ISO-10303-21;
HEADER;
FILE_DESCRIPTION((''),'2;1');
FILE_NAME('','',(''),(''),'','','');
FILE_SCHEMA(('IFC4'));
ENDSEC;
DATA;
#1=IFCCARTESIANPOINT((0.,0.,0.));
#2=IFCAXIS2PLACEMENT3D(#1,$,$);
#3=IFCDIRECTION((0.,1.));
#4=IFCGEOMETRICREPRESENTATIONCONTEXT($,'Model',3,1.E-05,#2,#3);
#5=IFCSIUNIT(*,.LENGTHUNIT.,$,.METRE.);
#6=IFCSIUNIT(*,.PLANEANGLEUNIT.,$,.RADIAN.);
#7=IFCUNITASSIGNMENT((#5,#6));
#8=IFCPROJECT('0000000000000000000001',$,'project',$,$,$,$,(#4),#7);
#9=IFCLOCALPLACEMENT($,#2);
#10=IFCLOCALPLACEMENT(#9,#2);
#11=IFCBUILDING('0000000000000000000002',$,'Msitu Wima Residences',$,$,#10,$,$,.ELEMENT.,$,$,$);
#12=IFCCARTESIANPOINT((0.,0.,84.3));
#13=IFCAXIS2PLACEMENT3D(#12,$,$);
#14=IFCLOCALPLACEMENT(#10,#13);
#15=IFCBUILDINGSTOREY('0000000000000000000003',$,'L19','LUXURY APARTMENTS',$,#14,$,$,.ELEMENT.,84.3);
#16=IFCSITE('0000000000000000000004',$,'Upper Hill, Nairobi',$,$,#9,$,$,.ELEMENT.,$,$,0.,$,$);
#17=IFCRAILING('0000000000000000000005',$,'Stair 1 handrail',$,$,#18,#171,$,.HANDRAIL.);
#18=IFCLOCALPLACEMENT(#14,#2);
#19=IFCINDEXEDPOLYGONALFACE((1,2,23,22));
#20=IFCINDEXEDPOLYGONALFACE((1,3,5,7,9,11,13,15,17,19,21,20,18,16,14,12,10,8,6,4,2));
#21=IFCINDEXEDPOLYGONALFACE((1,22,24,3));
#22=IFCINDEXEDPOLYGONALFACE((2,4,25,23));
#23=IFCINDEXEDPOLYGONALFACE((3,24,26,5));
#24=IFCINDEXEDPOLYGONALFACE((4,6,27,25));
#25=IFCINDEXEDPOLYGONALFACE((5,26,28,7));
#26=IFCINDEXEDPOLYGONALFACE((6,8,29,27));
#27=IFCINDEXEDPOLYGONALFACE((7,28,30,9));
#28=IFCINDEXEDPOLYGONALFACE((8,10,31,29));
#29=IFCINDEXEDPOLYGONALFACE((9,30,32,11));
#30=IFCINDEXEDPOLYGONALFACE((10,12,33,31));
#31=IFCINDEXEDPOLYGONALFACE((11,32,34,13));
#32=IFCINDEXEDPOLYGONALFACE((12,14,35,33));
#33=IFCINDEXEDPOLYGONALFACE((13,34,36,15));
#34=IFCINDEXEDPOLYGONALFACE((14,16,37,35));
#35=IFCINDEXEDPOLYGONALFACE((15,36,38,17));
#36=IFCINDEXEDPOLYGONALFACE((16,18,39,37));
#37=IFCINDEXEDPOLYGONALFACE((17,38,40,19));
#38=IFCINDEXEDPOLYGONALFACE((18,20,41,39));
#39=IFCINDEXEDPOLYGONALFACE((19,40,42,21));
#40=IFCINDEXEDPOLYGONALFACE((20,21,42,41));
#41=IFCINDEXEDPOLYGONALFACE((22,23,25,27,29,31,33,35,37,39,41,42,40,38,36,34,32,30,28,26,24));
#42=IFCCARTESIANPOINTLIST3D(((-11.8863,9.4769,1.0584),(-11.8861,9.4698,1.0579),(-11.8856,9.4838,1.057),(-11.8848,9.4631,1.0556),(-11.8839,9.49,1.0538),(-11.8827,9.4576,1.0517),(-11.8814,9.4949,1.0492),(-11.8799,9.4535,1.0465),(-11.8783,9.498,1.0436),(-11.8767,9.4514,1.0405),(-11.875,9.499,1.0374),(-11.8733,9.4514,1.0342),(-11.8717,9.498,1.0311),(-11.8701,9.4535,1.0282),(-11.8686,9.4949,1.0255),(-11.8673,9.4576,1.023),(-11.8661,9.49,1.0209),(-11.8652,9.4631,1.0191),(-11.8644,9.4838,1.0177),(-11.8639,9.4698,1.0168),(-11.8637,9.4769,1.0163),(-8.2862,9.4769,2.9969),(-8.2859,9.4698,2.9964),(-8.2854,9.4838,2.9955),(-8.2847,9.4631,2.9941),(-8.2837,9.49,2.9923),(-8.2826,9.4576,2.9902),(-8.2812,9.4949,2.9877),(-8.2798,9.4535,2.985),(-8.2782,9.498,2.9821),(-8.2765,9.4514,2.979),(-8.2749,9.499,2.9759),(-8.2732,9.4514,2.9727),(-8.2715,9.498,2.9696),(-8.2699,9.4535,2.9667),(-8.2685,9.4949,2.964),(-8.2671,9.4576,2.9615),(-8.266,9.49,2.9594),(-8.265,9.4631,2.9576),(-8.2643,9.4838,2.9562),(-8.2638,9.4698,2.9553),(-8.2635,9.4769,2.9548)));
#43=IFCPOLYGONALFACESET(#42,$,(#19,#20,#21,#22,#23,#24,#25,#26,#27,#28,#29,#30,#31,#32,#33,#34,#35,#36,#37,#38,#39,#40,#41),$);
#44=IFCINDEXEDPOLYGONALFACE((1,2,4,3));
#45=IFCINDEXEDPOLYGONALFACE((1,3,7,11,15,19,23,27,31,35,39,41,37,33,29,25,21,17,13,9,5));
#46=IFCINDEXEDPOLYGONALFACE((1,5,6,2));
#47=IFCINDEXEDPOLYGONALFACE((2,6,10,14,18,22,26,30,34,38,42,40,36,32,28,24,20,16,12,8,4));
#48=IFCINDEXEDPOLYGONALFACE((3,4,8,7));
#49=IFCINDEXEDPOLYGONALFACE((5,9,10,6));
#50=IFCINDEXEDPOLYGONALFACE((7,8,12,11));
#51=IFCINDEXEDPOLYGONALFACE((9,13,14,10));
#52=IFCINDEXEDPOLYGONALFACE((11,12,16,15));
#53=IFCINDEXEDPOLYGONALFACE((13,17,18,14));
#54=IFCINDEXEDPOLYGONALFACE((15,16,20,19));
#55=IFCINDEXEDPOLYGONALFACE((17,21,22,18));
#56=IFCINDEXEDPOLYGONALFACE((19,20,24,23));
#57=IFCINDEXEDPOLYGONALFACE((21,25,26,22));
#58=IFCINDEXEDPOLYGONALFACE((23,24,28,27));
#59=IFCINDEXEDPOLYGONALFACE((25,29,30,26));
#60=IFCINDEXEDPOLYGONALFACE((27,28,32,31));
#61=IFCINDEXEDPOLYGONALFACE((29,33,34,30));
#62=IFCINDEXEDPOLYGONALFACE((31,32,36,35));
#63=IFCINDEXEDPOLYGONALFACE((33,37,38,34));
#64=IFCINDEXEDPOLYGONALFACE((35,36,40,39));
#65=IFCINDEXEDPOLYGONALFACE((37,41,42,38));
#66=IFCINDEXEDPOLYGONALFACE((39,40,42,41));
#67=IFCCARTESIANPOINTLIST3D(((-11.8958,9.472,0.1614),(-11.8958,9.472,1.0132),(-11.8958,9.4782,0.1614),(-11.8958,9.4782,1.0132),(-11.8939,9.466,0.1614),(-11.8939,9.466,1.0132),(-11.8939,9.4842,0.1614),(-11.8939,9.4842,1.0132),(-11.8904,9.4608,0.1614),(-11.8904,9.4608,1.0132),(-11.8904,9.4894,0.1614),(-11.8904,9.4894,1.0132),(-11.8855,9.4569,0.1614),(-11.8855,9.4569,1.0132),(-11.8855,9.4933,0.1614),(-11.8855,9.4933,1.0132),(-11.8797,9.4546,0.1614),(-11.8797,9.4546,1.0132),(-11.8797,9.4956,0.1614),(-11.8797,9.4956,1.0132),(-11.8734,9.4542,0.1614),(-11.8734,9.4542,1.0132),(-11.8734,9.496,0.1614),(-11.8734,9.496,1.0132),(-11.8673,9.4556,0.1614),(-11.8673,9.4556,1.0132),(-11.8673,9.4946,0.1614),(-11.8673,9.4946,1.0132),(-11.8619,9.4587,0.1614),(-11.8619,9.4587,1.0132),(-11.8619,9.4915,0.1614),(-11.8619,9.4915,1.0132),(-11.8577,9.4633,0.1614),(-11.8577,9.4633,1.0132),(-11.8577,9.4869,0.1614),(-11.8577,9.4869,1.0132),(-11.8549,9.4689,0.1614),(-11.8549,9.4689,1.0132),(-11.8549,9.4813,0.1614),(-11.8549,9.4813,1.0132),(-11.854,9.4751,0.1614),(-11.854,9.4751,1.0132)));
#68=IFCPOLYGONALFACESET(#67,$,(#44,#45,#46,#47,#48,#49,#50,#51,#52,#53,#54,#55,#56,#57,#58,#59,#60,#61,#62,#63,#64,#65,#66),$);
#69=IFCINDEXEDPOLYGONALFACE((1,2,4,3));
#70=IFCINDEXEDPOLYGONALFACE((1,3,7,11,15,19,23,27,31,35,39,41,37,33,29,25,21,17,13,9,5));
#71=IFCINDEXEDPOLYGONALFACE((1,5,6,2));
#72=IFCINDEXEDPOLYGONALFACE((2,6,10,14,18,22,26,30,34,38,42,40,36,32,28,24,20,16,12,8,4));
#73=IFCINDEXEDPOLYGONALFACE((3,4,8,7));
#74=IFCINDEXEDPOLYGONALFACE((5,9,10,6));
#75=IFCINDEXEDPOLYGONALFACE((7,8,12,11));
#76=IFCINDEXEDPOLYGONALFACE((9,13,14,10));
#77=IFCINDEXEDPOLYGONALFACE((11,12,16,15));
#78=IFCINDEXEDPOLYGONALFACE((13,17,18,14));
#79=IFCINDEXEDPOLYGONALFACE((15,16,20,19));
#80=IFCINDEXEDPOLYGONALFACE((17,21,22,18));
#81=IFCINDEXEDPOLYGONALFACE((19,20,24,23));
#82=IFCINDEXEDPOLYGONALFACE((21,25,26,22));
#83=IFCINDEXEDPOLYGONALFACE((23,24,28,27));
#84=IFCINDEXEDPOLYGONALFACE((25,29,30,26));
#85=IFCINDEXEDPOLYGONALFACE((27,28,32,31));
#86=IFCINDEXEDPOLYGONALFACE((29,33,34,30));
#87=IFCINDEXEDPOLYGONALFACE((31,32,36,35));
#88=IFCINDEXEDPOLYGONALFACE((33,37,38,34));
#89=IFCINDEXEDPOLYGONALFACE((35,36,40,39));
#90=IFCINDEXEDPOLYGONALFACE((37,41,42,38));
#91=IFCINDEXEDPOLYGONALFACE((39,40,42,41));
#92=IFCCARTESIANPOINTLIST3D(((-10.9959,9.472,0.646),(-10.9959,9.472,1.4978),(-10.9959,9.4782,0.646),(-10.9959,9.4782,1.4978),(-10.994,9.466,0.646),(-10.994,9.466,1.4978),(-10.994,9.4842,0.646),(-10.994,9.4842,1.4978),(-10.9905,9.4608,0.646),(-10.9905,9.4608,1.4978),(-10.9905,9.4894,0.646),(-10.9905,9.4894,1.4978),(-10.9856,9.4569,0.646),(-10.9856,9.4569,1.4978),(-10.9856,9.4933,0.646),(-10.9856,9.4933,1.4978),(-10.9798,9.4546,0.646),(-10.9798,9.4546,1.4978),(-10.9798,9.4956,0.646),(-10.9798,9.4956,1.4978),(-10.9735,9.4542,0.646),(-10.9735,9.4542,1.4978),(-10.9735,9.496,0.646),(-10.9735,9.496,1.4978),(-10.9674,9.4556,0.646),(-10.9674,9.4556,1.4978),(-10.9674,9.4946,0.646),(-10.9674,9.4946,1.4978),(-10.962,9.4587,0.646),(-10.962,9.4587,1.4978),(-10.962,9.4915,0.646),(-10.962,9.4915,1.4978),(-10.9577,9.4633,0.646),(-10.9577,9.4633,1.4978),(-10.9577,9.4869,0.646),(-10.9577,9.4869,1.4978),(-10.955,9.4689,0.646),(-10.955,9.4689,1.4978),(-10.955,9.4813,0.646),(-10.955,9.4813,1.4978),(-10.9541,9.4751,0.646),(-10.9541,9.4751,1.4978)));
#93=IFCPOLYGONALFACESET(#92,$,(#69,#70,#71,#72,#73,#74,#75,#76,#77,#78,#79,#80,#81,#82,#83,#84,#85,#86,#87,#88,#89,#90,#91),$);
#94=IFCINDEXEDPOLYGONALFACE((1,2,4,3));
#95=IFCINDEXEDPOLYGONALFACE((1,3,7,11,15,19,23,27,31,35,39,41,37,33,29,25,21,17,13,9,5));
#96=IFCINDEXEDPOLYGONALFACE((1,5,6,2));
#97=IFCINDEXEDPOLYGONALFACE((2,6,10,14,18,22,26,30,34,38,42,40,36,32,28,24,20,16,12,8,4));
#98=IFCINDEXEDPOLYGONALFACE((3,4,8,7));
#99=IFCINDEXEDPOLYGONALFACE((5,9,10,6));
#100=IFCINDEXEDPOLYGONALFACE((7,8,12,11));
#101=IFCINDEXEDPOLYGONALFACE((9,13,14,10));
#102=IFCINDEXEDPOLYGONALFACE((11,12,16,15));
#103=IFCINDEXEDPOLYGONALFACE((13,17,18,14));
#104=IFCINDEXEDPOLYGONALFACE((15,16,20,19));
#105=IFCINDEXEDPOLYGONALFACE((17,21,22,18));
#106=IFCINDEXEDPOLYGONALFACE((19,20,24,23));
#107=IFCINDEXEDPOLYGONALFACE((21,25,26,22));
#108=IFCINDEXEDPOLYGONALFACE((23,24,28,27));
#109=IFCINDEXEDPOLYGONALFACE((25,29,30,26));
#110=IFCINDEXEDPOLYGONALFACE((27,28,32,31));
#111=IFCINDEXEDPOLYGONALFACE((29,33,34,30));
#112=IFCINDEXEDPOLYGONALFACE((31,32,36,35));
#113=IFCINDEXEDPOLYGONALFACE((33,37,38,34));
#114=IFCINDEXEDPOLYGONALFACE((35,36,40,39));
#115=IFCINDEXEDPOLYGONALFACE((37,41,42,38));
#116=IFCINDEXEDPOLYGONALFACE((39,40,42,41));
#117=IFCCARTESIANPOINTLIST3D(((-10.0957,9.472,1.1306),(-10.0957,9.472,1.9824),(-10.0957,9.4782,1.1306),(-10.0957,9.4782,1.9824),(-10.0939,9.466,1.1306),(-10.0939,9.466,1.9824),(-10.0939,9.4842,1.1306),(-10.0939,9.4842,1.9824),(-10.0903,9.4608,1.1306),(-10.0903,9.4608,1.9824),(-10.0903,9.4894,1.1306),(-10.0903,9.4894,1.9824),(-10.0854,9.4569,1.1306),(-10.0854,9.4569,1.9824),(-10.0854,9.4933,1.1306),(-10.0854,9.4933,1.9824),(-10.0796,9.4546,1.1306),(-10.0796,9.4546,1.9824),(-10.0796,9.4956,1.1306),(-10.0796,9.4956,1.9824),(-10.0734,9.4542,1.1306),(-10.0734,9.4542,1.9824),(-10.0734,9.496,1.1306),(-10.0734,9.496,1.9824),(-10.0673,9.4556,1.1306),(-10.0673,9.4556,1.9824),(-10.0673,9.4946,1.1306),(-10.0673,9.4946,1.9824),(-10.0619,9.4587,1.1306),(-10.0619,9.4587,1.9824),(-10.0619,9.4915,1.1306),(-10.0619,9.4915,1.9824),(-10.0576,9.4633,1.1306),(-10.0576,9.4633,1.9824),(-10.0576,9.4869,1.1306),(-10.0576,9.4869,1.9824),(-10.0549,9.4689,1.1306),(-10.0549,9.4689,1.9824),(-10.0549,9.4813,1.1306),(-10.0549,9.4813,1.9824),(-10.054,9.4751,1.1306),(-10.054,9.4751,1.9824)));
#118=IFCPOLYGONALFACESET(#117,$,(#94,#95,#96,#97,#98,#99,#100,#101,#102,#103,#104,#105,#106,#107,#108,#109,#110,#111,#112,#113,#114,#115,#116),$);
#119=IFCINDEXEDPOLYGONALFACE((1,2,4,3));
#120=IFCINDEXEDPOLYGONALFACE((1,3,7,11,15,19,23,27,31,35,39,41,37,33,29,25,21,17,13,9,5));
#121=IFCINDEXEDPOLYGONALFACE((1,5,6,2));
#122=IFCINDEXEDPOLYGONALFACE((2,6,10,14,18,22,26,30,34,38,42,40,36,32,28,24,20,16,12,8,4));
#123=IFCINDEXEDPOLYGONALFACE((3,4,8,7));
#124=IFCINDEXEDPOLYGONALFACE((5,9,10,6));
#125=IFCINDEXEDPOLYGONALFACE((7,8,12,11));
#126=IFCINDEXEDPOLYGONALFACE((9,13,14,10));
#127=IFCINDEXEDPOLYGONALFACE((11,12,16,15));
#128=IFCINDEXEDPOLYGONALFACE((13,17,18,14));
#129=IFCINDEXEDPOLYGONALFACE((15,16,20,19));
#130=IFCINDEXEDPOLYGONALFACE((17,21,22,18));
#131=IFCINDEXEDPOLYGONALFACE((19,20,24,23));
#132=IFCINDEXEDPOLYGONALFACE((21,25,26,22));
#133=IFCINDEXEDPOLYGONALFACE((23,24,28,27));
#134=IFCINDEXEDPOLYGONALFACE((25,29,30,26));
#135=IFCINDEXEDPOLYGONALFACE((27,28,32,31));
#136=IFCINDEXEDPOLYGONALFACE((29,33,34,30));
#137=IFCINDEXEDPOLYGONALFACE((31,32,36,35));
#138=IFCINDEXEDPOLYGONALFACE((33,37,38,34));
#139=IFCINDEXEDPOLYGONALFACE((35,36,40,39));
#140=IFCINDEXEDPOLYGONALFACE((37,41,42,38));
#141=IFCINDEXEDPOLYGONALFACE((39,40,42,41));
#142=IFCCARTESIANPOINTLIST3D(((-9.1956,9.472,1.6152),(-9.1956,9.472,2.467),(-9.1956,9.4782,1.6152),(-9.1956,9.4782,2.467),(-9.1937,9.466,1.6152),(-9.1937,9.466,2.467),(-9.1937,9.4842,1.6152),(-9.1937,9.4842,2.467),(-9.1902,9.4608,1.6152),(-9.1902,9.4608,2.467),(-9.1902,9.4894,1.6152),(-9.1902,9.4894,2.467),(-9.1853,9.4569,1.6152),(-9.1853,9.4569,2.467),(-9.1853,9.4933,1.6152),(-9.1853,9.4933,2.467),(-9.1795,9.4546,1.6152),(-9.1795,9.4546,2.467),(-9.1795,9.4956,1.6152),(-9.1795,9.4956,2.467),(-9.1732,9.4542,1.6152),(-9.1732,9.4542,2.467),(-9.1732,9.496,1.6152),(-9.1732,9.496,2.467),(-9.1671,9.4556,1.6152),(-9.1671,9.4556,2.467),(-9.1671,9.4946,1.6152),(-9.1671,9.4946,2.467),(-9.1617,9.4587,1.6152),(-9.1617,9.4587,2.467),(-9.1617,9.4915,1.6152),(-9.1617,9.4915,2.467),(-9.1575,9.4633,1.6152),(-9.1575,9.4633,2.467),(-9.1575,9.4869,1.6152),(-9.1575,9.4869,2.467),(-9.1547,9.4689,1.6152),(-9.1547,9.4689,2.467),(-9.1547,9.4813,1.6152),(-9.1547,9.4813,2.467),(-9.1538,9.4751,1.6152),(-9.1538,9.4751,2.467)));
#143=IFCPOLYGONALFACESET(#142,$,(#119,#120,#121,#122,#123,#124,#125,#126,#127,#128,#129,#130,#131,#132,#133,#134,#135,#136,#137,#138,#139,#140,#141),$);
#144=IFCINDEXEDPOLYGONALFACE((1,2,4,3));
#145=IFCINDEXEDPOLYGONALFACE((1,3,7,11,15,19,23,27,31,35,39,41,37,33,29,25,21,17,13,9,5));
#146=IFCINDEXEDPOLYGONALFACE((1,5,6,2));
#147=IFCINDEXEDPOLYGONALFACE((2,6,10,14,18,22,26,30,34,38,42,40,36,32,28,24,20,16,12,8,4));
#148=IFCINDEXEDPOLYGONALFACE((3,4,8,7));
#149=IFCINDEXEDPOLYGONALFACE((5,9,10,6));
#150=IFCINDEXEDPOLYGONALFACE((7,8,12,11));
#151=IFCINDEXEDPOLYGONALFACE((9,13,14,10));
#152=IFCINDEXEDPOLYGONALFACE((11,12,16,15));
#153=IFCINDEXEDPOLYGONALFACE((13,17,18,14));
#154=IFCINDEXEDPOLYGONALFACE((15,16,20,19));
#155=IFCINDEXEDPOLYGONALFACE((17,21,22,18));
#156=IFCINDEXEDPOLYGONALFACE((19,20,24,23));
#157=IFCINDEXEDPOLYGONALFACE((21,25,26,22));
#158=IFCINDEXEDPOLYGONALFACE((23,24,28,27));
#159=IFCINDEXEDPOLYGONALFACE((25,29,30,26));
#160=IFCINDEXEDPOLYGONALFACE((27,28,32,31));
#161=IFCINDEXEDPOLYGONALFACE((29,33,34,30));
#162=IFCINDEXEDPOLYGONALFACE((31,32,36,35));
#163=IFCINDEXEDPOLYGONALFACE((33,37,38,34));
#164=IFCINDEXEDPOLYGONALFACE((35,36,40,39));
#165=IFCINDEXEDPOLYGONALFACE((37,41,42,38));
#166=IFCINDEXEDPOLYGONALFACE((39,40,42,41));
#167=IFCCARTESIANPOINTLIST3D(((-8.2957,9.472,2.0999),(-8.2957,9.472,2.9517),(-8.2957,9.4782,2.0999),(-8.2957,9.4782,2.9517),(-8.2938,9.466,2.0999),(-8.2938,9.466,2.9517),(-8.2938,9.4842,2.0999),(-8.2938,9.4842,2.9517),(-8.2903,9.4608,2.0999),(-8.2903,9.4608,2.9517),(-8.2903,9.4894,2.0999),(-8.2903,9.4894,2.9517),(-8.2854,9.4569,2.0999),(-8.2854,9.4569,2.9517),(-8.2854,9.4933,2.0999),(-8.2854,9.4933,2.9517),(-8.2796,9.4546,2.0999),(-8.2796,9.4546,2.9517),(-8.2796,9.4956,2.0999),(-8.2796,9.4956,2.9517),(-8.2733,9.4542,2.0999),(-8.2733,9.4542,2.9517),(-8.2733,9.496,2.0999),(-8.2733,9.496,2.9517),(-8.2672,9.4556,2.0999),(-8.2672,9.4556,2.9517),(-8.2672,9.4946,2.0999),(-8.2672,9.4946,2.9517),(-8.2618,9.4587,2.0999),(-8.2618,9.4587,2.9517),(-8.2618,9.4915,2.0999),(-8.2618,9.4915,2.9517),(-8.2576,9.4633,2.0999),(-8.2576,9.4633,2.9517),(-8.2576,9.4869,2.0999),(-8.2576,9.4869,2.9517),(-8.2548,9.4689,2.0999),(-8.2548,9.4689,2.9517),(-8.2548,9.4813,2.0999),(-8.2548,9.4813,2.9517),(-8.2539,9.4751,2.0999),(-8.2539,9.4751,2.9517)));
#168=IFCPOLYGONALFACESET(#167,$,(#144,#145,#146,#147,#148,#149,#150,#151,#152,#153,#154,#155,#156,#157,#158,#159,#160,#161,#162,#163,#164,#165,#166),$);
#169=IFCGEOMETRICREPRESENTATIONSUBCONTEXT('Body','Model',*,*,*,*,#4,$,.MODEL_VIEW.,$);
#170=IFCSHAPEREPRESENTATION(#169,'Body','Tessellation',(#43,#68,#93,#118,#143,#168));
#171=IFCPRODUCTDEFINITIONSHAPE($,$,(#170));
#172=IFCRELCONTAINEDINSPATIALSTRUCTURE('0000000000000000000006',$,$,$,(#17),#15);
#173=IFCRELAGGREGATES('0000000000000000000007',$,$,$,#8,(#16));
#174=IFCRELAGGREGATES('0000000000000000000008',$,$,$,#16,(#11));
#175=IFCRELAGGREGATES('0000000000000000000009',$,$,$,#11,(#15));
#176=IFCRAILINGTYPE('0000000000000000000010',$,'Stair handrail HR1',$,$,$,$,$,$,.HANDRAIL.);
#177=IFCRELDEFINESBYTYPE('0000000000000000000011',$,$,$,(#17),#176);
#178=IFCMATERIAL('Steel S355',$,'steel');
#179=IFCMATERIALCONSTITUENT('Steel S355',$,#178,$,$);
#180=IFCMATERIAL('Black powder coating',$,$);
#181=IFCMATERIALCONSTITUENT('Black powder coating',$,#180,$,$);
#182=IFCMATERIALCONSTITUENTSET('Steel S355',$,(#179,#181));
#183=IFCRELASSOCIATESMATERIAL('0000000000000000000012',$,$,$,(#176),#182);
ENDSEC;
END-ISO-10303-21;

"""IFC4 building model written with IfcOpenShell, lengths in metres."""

from ifc_helpers import new_model, si_unit, direction, frame, origin, origin_2d, place, context, subcontext, project, spatial, circle, extrude, material, constituent, constituent_set, type_object, element, save


model = new_model("IFC4")

# Units and contexts
model_context = context("Model", 3, precision=1e-05, world=origin(), true_north=direction((0.0, 1.0)))
body_context = subcontext(model_context, "Body", "Model", "MODEL_VIEW")
ifc_project = project(units=[si_unit("LENGTHUNIT", "METRE"), si_unit("PLANEANGLEUNIT", "RADIAN")], contexts=[model_context])

# Site, building, storey
site_placement = place(None, origin())
site = spatial("IfcSite", under=ifc_project, at=site_placement, Name="Upper Hill, Nairobi", CompositionType="ELEMENT", RefElevation=0.0)
building_placement = place(site_placement, origin())
building = spatial("IfcBuilding", under=site, at=building_placement, Name="Msitu Wima Residences", CompositionType="ELEMENT")
storey_placement = place(building_placement, frame((0.0, 0.0, 84.3)))
storey = spatial("IfcBuildingStorey", under=building, at=storey_placement, Name="L19", Description="LUXURY APARTMENTS", CompositionType="ELEMENT", Elevation=84.3)

# Railing
ifc_material_1 = material(Name="Steel S355", Category="steel")
ifc_constituent_1 = constituent(ifc_material_1, Name="Steel S355")
ifc_material_2 = material(Name="Black powder coating")
ifc_constituent_2 = constituent(ifc_material_2, Name="Black powder coating")
ifc_constituent_set = constituent_set(constituents=[ifc_constituent_1, ifc_constituent_2], Name="Steel S355")
railing_type = type_object("IfcRailingType", Name="Stair handrail HR1", PredefinedType="HANDRAIL", material=ifc_constituent_set)
for number, where, name in (
    (1, (-11.875, 9.4751, 0.1614), "Stair 1 handrail"),
):
    element("IfcRailing", number, at=place(storey_placement, frame(where)), inside=storey, type_object=railing_type, Name=name, PredefinedType="HANDRAIL", context=body_context, shape_type="SweptSolid", body=[
        extrude(circle(Radius=0.0239, at=origin_2d()), frame((0.0, 0.0, 0.876), z_axis=(0.880475, 0.0, 0.474093), x_axis=(0.0, 1.0, 0.0)), (0.0, 0.0, 1.0), 4.0889),
        extrude(circle(Radius=0.021, at=origin_2d()), origin(), (0.0, 0.0, 1.0), 0.8518),
        extrude(circle(Radius=0.021, at=origin_2d()), frame((0.8999, 0.0, 0.4846)), (0.0, 0.0, 1.0), 0.8518),
        extrude(circle(Radius=0.021, at=origin_2d()), frame((1.8, 0.0, 0.9692)), (0.0, 0.0, 1.0), 0.8518),
        extrude(circle(Radius=0.021, at=origin_2d()), frame((2.7002, 0.0, 1.4539)), (0.0, 0.0, 1.0), 0.8518),
        extrude(circle(Radius=0.021, at=origin_2d()), frame((3.6001, 0.0, 1.9385)), (0.0, 0.0, 1.0), 0.8518),
    ])

save(model, "model.ifc")
